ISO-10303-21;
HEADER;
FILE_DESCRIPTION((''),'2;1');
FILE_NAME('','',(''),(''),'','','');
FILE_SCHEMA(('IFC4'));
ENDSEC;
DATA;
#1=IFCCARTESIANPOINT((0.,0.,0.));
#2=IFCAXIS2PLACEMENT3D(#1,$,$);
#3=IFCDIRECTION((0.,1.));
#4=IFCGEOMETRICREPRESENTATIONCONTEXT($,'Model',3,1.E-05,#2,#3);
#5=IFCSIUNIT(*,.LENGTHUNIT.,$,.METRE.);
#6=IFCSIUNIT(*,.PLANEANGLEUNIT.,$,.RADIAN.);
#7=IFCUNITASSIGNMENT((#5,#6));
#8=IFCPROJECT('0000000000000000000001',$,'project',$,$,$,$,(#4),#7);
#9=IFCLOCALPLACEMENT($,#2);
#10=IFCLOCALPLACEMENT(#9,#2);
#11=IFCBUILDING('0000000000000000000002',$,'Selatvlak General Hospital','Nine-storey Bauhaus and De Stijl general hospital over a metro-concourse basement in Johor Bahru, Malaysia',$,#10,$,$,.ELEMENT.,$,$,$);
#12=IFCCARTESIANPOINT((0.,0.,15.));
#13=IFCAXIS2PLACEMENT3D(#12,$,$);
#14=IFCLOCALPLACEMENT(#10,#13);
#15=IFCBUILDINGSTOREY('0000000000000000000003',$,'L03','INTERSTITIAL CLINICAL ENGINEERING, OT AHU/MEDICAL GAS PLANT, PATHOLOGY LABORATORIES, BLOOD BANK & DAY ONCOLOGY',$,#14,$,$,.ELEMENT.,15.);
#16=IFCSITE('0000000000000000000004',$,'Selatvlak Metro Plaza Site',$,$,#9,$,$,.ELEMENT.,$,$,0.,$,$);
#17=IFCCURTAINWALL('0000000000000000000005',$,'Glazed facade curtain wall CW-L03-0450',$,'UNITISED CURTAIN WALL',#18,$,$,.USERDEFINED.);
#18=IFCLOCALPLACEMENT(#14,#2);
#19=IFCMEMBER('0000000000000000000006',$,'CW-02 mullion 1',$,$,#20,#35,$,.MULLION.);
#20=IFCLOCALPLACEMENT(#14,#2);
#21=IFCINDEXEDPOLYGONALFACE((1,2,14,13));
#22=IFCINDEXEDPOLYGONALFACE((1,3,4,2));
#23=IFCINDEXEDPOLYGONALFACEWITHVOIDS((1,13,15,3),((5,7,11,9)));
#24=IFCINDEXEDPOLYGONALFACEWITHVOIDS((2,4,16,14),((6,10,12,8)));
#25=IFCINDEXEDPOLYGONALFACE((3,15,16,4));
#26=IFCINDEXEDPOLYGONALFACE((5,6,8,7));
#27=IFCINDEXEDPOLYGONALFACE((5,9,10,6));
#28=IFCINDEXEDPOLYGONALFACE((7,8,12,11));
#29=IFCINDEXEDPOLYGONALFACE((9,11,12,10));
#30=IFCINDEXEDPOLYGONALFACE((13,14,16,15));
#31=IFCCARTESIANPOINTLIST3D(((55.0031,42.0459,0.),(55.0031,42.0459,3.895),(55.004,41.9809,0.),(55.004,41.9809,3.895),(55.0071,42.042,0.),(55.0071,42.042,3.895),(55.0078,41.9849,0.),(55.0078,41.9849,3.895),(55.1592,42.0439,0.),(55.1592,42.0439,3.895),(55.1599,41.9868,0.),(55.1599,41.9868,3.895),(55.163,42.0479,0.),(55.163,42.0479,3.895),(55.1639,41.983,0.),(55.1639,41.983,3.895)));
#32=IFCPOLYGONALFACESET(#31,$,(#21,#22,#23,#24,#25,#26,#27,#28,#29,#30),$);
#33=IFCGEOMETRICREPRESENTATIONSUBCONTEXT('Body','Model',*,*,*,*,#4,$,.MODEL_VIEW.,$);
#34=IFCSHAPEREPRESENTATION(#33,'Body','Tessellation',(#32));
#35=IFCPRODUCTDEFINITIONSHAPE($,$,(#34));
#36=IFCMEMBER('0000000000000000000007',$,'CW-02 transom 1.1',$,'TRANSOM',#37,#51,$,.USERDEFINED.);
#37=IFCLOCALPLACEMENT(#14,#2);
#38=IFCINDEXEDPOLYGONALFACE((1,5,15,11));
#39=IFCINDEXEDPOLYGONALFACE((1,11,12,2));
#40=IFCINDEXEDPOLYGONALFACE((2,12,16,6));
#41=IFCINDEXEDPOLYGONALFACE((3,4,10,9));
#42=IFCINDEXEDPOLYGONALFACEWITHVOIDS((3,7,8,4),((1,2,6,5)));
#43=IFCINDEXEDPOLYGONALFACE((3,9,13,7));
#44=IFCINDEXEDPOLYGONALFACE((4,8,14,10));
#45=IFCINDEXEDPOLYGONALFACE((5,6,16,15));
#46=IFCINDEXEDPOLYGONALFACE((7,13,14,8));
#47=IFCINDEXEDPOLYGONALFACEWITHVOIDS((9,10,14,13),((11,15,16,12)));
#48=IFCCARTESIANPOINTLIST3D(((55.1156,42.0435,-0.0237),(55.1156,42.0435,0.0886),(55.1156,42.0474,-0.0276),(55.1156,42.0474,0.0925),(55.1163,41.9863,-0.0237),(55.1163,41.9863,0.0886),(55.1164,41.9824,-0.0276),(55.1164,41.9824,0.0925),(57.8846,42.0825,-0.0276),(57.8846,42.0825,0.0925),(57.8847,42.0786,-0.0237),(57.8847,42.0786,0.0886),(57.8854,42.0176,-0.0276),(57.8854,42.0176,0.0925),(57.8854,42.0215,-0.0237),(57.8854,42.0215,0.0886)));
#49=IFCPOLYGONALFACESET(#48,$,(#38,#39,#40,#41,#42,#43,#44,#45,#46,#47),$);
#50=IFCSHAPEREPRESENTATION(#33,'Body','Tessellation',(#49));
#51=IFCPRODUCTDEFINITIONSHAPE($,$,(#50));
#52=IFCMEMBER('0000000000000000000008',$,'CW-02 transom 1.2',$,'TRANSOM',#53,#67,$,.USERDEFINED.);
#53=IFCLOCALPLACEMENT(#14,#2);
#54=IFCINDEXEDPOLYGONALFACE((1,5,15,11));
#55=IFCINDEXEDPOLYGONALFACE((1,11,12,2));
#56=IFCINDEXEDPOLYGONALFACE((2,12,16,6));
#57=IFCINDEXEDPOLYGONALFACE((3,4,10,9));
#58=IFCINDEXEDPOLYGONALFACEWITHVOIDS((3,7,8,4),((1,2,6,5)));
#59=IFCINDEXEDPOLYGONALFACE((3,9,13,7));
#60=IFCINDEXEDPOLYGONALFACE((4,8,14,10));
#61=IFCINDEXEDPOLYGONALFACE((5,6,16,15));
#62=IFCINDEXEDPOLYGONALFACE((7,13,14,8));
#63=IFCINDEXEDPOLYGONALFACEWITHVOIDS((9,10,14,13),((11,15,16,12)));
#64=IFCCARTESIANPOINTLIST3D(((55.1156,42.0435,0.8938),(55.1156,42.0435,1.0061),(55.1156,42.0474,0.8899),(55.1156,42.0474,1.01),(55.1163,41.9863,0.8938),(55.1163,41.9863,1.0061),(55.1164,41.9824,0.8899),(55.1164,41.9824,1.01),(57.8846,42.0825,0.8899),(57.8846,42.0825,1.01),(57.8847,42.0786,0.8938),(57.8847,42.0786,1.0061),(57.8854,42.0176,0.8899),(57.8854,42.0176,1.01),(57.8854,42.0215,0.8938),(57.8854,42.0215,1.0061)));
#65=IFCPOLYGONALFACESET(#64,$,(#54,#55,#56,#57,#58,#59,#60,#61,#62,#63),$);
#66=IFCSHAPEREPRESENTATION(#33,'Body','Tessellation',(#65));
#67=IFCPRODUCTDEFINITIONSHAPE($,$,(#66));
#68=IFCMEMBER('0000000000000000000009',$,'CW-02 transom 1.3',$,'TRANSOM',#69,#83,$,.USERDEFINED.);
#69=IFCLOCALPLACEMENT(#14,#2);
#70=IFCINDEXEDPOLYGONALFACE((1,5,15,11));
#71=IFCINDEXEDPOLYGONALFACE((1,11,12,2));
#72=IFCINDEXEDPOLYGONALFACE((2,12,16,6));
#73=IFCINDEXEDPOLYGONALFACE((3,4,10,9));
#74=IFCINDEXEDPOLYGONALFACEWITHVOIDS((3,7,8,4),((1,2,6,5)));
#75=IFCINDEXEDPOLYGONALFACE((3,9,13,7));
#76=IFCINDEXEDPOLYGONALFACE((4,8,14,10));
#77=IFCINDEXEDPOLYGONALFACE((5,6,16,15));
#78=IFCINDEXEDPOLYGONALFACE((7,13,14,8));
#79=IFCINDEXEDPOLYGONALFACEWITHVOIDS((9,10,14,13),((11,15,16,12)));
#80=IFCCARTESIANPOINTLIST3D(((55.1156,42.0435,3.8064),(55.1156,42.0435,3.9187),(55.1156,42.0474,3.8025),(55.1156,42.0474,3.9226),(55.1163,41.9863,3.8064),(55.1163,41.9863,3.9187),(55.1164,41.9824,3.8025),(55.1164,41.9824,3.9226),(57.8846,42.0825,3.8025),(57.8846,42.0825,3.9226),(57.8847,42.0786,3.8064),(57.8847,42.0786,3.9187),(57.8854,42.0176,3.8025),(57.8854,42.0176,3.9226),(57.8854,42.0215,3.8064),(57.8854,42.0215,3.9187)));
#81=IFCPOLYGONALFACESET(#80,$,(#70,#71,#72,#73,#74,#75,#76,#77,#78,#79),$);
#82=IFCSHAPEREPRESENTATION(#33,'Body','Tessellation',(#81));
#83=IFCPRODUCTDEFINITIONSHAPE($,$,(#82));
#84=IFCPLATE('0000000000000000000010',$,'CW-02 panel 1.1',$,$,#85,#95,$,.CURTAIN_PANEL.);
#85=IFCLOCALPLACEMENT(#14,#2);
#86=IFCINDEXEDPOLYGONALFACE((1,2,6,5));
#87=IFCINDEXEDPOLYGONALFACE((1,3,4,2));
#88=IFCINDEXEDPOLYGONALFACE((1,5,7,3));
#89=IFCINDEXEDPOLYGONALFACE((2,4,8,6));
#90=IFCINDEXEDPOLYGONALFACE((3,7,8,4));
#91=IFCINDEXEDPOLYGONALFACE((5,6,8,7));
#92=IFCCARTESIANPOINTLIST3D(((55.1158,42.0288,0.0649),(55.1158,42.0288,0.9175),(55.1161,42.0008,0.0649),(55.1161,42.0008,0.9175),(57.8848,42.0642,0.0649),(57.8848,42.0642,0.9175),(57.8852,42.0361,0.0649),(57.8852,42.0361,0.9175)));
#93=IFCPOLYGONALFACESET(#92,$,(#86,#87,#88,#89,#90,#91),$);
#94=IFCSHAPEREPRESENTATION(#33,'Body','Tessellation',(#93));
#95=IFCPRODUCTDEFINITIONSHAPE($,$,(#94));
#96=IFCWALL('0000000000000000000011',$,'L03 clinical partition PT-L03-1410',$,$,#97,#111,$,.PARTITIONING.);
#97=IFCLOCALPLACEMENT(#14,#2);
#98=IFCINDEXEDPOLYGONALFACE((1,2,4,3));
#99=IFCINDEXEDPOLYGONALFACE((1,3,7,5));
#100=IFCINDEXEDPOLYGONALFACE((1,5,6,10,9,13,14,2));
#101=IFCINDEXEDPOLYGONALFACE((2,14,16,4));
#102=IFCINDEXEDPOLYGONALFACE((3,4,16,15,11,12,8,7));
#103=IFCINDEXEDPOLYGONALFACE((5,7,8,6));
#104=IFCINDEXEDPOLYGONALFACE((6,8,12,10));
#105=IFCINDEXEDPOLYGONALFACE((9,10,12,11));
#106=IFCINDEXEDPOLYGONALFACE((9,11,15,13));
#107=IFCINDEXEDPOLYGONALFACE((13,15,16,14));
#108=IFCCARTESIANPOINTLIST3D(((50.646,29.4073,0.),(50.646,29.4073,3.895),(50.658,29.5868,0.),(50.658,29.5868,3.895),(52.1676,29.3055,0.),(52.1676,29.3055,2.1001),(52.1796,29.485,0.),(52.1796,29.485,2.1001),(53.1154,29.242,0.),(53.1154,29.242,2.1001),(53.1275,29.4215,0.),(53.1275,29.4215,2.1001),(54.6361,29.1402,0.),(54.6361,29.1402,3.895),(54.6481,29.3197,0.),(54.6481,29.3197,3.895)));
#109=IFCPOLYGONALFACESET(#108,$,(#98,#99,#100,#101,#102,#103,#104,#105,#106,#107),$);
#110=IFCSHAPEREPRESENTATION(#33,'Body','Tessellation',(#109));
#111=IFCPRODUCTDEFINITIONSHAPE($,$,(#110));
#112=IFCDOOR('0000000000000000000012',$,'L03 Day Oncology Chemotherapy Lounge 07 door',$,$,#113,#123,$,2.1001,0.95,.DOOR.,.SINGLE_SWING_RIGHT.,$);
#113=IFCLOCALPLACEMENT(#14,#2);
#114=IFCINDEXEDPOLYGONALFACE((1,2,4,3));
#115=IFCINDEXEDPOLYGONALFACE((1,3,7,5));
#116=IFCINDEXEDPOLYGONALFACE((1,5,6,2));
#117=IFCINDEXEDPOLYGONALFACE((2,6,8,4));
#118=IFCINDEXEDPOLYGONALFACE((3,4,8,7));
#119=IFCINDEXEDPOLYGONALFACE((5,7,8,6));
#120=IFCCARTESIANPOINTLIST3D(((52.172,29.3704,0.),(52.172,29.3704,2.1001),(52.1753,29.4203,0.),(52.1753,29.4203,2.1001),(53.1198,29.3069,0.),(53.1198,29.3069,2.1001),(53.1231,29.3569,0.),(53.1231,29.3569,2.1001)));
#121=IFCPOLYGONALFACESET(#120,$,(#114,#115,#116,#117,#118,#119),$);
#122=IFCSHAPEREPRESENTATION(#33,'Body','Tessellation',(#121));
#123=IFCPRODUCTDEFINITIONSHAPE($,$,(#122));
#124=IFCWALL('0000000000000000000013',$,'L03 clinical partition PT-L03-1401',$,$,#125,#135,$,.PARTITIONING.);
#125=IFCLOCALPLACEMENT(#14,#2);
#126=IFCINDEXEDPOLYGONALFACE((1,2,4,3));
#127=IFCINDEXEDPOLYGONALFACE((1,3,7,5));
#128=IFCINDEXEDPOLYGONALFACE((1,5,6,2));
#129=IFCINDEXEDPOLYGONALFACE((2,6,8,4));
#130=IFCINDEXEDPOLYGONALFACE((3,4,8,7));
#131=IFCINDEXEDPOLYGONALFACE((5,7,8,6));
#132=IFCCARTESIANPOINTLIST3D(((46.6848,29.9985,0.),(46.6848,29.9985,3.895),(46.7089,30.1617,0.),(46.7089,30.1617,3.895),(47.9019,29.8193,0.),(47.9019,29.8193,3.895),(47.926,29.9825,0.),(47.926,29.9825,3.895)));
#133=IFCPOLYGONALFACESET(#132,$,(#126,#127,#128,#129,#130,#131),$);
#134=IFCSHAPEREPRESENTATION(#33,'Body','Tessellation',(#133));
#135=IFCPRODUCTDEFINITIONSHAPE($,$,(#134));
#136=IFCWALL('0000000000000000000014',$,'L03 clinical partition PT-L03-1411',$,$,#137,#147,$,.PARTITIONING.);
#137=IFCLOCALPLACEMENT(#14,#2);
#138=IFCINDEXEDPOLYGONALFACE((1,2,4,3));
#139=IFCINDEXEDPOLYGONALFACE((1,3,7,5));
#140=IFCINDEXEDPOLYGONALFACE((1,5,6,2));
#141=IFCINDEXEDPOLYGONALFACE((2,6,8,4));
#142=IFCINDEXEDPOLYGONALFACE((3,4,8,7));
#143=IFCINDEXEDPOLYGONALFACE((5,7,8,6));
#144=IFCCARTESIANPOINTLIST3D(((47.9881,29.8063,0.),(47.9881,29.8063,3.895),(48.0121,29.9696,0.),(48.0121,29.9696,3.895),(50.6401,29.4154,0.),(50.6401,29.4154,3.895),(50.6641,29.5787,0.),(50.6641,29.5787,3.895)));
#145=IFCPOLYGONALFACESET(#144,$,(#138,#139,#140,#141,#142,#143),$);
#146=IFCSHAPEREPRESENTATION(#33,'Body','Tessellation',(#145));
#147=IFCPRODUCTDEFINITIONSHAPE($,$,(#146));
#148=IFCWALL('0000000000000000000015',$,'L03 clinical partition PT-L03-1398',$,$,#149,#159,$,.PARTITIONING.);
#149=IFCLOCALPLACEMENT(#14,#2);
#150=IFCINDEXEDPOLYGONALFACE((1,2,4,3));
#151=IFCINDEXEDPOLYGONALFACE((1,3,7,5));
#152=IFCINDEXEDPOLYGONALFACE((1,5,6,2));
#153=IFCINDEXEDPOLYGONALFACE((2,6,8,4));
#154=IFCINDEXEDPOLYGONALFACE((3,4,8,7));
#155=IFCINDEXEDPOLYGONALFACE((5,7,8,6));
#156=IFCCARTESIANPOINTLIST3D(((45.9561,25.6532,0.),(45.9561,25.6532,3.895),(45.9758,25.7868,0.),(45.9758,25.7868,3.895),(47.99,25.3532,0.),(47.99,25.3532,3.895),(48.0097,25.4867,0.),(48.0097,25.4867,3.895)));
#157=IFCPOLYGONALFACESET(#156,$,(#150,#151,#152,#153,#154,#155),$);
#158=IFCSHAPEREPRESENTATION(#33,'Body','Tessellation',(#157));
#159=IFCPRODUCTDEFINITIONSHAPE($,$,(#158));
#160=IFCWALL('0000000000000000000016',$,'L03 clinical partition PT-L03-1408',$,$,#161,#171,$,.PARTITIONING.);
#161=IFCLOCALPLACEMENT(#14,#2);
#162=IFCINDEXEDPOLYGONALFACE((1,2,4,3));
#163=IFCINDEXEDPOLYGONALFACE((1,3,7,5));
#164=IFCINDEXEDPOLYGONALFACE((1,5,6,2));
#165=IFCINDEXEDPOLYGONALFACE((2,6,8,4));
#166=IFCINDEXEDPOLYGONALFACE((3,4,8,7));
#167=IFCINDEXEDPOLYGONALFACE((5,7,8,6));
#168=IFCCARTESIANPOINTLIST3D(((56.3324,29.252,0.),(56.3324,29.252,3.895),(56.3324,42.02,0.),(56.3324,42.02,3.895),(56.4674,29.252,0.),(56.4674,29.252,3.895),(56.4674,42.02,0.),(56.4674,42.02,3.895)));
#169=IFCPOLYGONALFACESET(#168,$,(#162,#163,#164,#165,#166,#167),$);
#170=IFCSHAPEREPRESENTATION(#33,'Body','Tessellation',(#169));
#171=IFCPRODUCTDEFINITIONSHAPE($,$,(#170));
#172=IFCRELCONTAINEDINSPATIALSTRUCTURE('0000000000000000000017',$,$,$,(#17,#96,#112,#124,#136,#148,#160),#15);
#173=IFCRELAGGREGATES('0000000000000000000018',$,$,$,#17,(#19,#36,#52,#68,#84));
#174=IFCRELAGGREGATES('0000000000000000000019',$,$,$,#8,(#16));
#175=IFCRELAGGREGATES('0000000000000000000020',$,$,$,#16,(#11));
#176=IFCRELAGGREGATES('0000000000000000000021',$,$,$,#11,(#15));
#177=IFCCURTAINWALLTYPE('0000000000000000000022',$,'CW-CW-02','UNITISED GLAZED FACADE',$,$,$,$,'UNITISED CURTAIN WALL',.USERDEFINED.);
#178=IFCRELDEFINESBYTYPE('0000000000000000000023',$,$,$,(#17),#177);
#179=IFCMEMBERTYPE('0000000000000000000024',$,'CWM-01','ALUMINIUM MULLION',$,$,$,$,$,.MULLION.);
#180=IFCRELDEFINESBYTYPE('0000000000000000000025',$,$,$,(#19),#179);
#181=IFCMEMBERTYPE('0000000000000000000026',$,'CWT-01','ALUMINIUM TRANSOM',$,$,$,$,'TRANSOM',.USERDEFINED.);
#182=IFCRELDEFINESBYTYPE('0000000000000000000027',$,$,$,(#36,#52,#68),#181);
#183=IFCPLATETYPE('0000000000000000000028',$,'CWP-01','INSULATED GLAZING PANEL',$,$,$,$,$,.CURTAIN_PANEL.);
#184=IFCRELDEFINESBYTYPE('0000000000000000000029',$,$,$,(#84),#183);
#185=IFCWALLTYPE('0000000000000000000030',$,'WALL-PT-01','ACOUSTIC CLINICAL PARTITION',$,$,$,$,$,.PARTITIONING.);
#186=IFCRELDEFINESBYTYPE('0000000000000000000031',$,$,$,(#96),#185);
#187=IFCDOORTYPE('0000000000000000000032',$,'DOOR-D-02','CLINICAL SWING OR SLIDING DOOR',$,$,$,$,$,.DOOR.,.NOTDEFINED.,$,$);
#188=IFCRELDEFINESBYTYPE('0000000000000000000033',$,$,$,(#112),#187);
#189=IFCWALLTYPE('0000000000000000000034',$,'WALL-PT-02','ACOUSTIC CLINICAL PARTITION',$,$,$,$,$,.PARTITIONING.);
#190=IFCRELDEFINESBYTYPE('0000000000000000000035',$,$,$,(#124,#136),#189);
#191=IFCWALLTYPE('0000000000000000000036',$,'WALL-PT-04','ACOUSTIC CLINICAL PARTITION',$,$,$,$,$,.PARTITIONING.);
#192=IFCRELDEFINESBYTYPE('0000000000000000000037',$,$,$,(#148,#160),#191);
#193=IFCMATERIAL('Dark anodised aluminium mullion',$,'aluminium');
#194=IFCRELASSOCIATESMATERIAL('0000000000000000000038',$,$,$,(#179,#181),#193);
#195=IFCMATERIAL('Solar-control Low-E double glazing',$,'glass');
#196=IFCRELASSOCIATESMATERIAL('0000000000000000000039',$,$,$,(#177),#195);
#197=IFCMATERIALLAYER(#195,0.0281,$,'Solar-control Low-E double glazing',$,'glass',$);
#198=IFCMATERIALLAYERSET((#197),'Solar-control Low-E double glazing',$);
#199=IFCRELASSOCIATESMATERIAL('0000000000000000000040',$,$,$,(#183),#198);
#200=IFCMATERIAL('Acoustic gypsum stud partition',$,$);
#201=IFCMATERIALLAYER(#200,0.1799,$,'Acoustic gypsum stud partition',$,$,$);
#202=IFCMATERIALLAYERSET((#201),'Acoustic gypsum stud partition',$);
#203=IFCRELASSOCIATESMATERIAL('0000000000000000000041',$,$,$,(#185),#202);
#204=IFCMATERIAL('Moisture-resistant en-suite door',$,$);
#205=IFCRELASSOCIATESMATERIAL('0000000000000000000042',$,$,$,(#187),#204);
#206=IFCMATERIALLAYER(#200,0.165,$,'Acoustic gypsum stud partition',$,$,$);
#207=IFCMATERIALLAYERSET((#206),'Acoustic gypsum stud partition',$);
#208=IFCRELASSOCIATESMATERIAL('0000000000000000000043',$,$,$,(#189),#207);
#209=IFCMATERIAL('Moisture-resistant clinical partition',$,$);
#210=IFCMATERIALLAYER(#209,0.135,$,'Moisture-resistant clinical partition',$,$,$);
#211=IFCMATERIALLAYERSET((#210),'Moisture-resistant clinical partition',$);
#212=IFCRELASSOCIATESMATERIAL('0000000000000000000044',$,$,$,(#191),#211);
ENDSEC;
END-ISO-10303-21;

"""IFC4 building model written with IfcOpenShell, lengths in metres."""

from ifc_helpers import new_model, si_unit, direction, frame, frame_2d, origin, origin_2d, place, context, subcontext, project, spatial, rectangle, hollow_rectangle, extrude, material, layer, layer_set, material_profile, profile_set, type_object, element, fill, aggregate, save


model = new_model("IFC4")

# Units and contexts
model_context = context("Model", 3, precision=1e-05, world=origin(), true_north=direction((0.0, 1.0)))
body_context = subcontext(model_context, "Body", "Model", "MODEL_VIEW")
ifc_project = project(units=[si_unit("LENGTHUNIT", "METRE"), si_unit("PLANEANGLEUNIT", "RADIAN")], contexts=[model_context])

# Site, building, storey
site_placement = place(None, origin())
site = spatial("IfcSite", under=ifc_project, at=site_placement, Name="Selatvlak Metro Plaza Site", CompositionType="ELEMENT", RefElevation=0.0)
building_placement = place(site_placement, origin())
building = spatial("IfcBuilding", under=site, at=building_placement, Name="Selatvlak General Hospital", Description="Nine-storey Bauhaus and De Stijl general hospital over a metro-concourse basement in Johor Bahru, Malaysia", CompositionType="ELEMENT")
storey_placement = place(building_placement, frame((0.0, 0.0, 15.0)))
storey = spatial("IfcBuildingStorey", under=building, at=storey_placement, Name="L03", Description="INTERSTITIAL CLINICAL ENGINEERING, OT AHU/MEDICAL GAS PLANT, PATHOLOGY LABORATORIES, BLOOD BANK & DAY ONCOLOGY", CompositionType="ELEMENT", Elevation=15.0)

# Shared definitions
ifc_material_1 = material(Name="Solar-control Low-E double glazing", Category="glass")
ifc_material_2 = material(Name="Dark anodised aluminium mullion", Category="aluminium")
ifc_material_profile_1 = material_profile(ifc_material_2, hollow_rectangle(XDim=0.0649, YDim=0.1599, WallThickness=0.0039, at=origin_2d()), Name="AL-MUL 65x160x4")
ifc_profile_set_1 = profile_set([ifc_material_profile_1], Name="Dark anodised aluminium mullion")
member_type_1 = type_object("IfcMemberType", Name="CWM-01", Description="ALUMINIUM MULLION", PredefinedType="MULLION", material=ifc_profile_set_1)

# Curtain wall, members, plate
curtain_wall_type_1 = type_object("IfcCurtainWallType", Name="CW-CW-02", Description="UNITISED GLAZED FACADE", ElementType="UNITISED CURTAIN WALL", PredefinedType="USERDEFINED", material=ifc_material_1)
curtain_wall_1_placement = place(storey_placement, origin())
curtain_wall_1 = element("IfcCurtainWall", 1, at=curtain_wall_1_placement, inside=storey, type_object=curtain_wall_type_1, Name="Glazed facade curtain wall CW-L03-0450", ObjectType="UNITISED CURTAIN WALL", PredefinedType="USERDEFINED")
member_1_placement = place(storey_placement, frame((55.0835, 42.0144, 0.0), z_axis=(0.0, 0.0, 1.0), x_axis=(-0.012762, 0.999919, 0.0)))
member_1 = element("IfcMember", 2, at=member_1_placement, type_object=member_type_1, Name="CW-02 mullion 1", PredefinedType="MULLION", context=body_context, shape_type="SweptSolid", body=[
    extrude(hollow_rectangle(XDim=0.0649, YDim=0.1599, WallThickness=0.0039, at=origin_2d()), origin(), (0.0, 0.0, 1.0), 3.895),
])
ifc_material_profile_2 = material_profile(ifc_material_2, hollow_rectangle(XDim=0.0649, YDim=0.1201, WallThickness=0.0039, at=origin_2d()), Name="AL-TRN 65x120x4")
ifc_profile_set_2 = profile_set([ifc_material_profile_2], Name="Dark anodised aluminium mullion")
member_type_2 = type_object("IfcMemberType", Name="CWT-01", Description="ALUMINIUM TRANSOM", ElementType="TRANSOM", PredefinedType="USERDEFINED", material=ifc_profile_set_2)
member_2_placement = place(storey_placement, frame((55.116, 42.0149, 0.0325), z_axis=(0.999919, 0.012695, 0.0), x_axis=(-0.012695, 0.999919, 0.0)))
member_2 = element("IfcMember", 3, at=member_2_placement, type_object=member_type_2, Name="CW-02 transom 1.1", ObjectType="TRANSOM", PredefinedType="USERDEFINED", context=body_context, shape_type="SweptSolid", body=[
    extrude(hollow_rectangle(XDim=0.0649, YDim=0.1201, WallThickness=0.0039, at=origin_2d()), origin(), (0.0, 0.0, 1.0), 2.7693),
])
member_3_placement = place(storey_placement, frame((55.116, 42.0149, 0.95), z_axis=(0.999919, 0.012695, 0.0), x_axis=(-0.012695, 0.999919, 0.0)))
member_3 = element("IfcMember", 4, at=member_3_placement, type_object=member_type_2, Name="CW-02 transom 1.2", ObjectType="TRANSOM", PredefinedType="USERDEFINED", context=body_context, shape_type="SweptSolid", body=[
    extrude(hollow_rectangle(XDim=0.0649, YDim=0.1201, WallThickness=0.0039, at=origin_2d()), origin(), (0.0, 0.0, 1.0), 2.7693),
])
member_4_placement = place(storey_placement, frame((55.116, 42.0149, 3.8625), z_axis=(0.999919, 0.012695, 0.0), x_axis=(-0.012695, 0.999919, 0.0)))
member_4 = element("IfcMember", 5, at=member_4_placement, type_object=member_type_2, Name="CW-02 transom 1.3", ObjectType="TRANSOM", PredefinedType="USERDEFINED", context=body_context, shape_type="SweptSolid", body=[
    extrude(hollow_rectangle(XDim=0.0649, YDim=0.1201, WallThickness=0.0039, at=origin_2d()), origin(), (0.0, 0.0, 1.0), 2.7693),
])
ifc_layer_1 = layer(ifc_material_1, 0.0281, Name="Solar-control Low-E double glazing", Category="glass")
ifc_layer_set_1 = layer_set([ifc_layer_1], Name="Solar-control Low-E double glazing")
plate_type = type_object("IfcPlateType", Name="CWP-01", Description="INSULATED GLAZING PANEL", PredefinedType="CURTAIN_PANEL", material=ifc_layer_set_1)
plate_placement = place(storey_placement, frame((56.5005, 42.0325, 0.0649), z_axis=(0.0, 0.0, 1.0), x_axis=(0.999919, 0.012762, 0.0)))
plate = element("IfcPlate", 6, at=plate_placement, type_object=plate_type, Name="CW-02 panel 1.1", PredefinedType="CURTAIN_PANEL", context=body_context, shape_type="SweptSolid", body=[
    extrude(rectangle(XDim=2.7693, YDim=0.0281, at=origin_2d()), origin(), (0.0, 0.0, 1.0), 0.8525),
])
aggregate(curtain_wall_1, [member_1, member_2, member_3, member_4, plate])

# Wall, opening, door
ifc_material_3 = material(Name="Acoustic gypsum stud partition")
ifc_layer_2 = layer(ifc_material_3, 0.1799, Name="Acoustic gypsum stud partition")
ifc_layer_set_2 = layer_set([ifc_layer_2], Name="Acoustic gypsum stud partition")
wall_type_1 = type_object("IfcWallType", Name="WALL-PT-01", Description="ACOUSTIC CLINICAL PARTITION", PredefinedType="PARTITIONING", material=ifc_layer_set_2)
wall_1_placement = place(storey_placement, frame((54.6421, 29.23, 0.0), z_axis=(0.0, 0.0, 1.0), x_axis=(-0.997767, 0.06679, 0.0)))
wall_1 = element("IfcWall", 7, at=wall_1_placement, inside=storey, type_object=wall_type_1, Name="L03 clinical partition PT-L03-1410", PredefinedType="PARTITIONING", context=body_context, shape_type="SweptSolid", body=[
    extrude(rectangle(XDim=3.999, YDim=0.1799, at=frame_2d((1.9995, 0.0))), origin(), (0.0, 0.0, 1.0), 3.895),
])
opening_1_placement = place(wall_1_placement, frame((1.5239, 0.0, 0.0)))
opening_1 = element("IfcOpeningElement", 8, at=opening_1_placement, cuts=wall_1, PredefinedType="OPENING", context=body_context, shape_type="SweptSolid", body=[
    extrude(rectangle(XDim=0.95, YDim=2.1001, at=frame_2d((0.4751, 1.05))), frame((0.0, 0.0999, 0.0), z_axis=(0.0, -1.0, 0.0), x_axis=(1.0, 0.0, 0.0)), (0.0, 0.0, 1.0), 0.2),
])
ifc_material_4 = material(Name="Moisture-resistant en-suite door")
door_type_1 = type_object("IfcDoorType", Name="DOOR-D-02", Description="CLINICAL SWING OR SLIDING DOOR", OperationType="NOTDEFINED", PredefinedType="DOOR", material=ifc_material_4)
door_1_placement = place(opening_1_placement, origin())
door_1 = element("IfcDoor", 9, at=door_1_placement, inside=storey, type_object=door_type_1, Name="L03 Day Oncology Chemotherapy Lounge 07 door", OperationType="SINGLE_SWING_RIGHT", OverallHeight=2.1001, OverallWidth=0.95, PredefinedType="DOOR", context=body_context, shape_type="SweptSolid", body=[
    extrude(rectangle(XDim=0.95, YDim=2.1001, at=frame_2d((0.4751, 1.05))), frame((0.0, 0.0249, 0.0), z_axis=(0.0, -1.0, 0.0), x_axis=(1.0, 0.0, 0.0)), (0.0, 0.0, 1.0), 0.05),
])
fill(opening_1, door_1)

# Walls
ifc_layer_3 = layer(ifc_material_3, 0.165, Name="Acoustic gypsum stud partition")
ifc_layer_set_3 = layer_set([ifc_layer_3], Name="Acoustic gypsum stud partition")
wall_type_2 = type_object("IfcWallType", Name="WALL-PT-02", Description="ACOUSTIC CLINICAL PARTITION", PredefinedType="PARTITIONING", material=ifc_layer_set_3)
wall_2_placement = place(storey_placement, frame((47.9141, 29.9009, 0.0), z_axis=(0.0, 0.0, 1.0), x_axis=(-0.989333, 0.145671, 0.0)))
element("IfcWall", 10, at=wall_2_placement, inside=storey, type_object=wall_type_2, Name="L03 clinical partition PT-L03-1401", PredefinedType="PARTITIONING", context=body_context, shape_type="SweptSolid", body=[
    extrude(rectangle(XDim=1.2302, YDim=0.165, at=frame_2d((0.6152, 0.0))), origin(), (0.0, 0.0, 1.0), 3.895),
])
wall_3_placement = place(storey_placement, frame((50.6521, 29.4971, 0.0), z_axis=(0.0, 0.0, 1.0), x_axis=(-0.989313, 0.145806, 0.0)))
element("IfcWall", 11, at=wall_3_placement, inside=storey, type_object=wall_type_2, Name="L03 clinical partition PT-L03-1411", PredefinedType="PARTITIONING", context=body_context, shape_type="SweptSolid", body=[
    extrude(rectangle(XDim=2.6807, YDim=0.165, at=frame_2d((1.3403, 0.0))), origin(), (0.0, 0.0, 1.0), 3.895),
])

# Walls
ifc_material_5 = material(Name="Moisture-resistant clinical partition")
ifc_layer_4 = layer(ifc_material_5, 0.135, Name="Moisture-resistant clinical partition")
ifc_layer_set_4 = layer_set([ifc_layer_4], Name="Moisture-resistant clinical partition")
wall_type_3 = type_object("IfcWallType", Name="WALL-PT-04", Description="ACOUSTIC CLINICAL PARTITION", PredefinedType="PARTITIONING", material=ifc_layer_set_4)
wall_4_placement = place(storey_placement, frame((45.9661, 25.72, 0.0), z_axis=(0.0, 0.0, 1.0), x_axis=(0.989293, -0.145942, 0.0)))
element("IfcWall", 12, at=wall_4_placement, inside=storey, type_object=wall_type_3, Name="L03 clinical partition PT-L03-1398", PredefinedType="PARTITIONING", context=body_context, shape_type="SweptSolid", body=[
    extrude(rectangle(XDim=2.0559, YDim=0.135, at=frame_2d((1.0278, 0.0))), origin(), (0.0, 0.0, 1.0), 3.895),
])
wall_5_placement = place(storey_placement, frame((56.3999, 42.02, 0.0), z_axis=(0.0, 0.0, 1.0), x_axis=(0.0, -1.0, 0.0)))
element("IfcWall", 13, at=wall_5_placement, inside=storey, type_object=wall_type_3, Name="L03 clinical partition PT-L03-1408", PredefinedType="PARTITIONING", context=body_context, shape_type="SweptSolid", body=[
    extrude(rectangle(XDim=12.7681, YDim=0.135, at=frame_2d((6.384, 0.0))), origin(), (0.0, 0.0, 1.0), 3.895),
])

save(model, "model.ifc")
